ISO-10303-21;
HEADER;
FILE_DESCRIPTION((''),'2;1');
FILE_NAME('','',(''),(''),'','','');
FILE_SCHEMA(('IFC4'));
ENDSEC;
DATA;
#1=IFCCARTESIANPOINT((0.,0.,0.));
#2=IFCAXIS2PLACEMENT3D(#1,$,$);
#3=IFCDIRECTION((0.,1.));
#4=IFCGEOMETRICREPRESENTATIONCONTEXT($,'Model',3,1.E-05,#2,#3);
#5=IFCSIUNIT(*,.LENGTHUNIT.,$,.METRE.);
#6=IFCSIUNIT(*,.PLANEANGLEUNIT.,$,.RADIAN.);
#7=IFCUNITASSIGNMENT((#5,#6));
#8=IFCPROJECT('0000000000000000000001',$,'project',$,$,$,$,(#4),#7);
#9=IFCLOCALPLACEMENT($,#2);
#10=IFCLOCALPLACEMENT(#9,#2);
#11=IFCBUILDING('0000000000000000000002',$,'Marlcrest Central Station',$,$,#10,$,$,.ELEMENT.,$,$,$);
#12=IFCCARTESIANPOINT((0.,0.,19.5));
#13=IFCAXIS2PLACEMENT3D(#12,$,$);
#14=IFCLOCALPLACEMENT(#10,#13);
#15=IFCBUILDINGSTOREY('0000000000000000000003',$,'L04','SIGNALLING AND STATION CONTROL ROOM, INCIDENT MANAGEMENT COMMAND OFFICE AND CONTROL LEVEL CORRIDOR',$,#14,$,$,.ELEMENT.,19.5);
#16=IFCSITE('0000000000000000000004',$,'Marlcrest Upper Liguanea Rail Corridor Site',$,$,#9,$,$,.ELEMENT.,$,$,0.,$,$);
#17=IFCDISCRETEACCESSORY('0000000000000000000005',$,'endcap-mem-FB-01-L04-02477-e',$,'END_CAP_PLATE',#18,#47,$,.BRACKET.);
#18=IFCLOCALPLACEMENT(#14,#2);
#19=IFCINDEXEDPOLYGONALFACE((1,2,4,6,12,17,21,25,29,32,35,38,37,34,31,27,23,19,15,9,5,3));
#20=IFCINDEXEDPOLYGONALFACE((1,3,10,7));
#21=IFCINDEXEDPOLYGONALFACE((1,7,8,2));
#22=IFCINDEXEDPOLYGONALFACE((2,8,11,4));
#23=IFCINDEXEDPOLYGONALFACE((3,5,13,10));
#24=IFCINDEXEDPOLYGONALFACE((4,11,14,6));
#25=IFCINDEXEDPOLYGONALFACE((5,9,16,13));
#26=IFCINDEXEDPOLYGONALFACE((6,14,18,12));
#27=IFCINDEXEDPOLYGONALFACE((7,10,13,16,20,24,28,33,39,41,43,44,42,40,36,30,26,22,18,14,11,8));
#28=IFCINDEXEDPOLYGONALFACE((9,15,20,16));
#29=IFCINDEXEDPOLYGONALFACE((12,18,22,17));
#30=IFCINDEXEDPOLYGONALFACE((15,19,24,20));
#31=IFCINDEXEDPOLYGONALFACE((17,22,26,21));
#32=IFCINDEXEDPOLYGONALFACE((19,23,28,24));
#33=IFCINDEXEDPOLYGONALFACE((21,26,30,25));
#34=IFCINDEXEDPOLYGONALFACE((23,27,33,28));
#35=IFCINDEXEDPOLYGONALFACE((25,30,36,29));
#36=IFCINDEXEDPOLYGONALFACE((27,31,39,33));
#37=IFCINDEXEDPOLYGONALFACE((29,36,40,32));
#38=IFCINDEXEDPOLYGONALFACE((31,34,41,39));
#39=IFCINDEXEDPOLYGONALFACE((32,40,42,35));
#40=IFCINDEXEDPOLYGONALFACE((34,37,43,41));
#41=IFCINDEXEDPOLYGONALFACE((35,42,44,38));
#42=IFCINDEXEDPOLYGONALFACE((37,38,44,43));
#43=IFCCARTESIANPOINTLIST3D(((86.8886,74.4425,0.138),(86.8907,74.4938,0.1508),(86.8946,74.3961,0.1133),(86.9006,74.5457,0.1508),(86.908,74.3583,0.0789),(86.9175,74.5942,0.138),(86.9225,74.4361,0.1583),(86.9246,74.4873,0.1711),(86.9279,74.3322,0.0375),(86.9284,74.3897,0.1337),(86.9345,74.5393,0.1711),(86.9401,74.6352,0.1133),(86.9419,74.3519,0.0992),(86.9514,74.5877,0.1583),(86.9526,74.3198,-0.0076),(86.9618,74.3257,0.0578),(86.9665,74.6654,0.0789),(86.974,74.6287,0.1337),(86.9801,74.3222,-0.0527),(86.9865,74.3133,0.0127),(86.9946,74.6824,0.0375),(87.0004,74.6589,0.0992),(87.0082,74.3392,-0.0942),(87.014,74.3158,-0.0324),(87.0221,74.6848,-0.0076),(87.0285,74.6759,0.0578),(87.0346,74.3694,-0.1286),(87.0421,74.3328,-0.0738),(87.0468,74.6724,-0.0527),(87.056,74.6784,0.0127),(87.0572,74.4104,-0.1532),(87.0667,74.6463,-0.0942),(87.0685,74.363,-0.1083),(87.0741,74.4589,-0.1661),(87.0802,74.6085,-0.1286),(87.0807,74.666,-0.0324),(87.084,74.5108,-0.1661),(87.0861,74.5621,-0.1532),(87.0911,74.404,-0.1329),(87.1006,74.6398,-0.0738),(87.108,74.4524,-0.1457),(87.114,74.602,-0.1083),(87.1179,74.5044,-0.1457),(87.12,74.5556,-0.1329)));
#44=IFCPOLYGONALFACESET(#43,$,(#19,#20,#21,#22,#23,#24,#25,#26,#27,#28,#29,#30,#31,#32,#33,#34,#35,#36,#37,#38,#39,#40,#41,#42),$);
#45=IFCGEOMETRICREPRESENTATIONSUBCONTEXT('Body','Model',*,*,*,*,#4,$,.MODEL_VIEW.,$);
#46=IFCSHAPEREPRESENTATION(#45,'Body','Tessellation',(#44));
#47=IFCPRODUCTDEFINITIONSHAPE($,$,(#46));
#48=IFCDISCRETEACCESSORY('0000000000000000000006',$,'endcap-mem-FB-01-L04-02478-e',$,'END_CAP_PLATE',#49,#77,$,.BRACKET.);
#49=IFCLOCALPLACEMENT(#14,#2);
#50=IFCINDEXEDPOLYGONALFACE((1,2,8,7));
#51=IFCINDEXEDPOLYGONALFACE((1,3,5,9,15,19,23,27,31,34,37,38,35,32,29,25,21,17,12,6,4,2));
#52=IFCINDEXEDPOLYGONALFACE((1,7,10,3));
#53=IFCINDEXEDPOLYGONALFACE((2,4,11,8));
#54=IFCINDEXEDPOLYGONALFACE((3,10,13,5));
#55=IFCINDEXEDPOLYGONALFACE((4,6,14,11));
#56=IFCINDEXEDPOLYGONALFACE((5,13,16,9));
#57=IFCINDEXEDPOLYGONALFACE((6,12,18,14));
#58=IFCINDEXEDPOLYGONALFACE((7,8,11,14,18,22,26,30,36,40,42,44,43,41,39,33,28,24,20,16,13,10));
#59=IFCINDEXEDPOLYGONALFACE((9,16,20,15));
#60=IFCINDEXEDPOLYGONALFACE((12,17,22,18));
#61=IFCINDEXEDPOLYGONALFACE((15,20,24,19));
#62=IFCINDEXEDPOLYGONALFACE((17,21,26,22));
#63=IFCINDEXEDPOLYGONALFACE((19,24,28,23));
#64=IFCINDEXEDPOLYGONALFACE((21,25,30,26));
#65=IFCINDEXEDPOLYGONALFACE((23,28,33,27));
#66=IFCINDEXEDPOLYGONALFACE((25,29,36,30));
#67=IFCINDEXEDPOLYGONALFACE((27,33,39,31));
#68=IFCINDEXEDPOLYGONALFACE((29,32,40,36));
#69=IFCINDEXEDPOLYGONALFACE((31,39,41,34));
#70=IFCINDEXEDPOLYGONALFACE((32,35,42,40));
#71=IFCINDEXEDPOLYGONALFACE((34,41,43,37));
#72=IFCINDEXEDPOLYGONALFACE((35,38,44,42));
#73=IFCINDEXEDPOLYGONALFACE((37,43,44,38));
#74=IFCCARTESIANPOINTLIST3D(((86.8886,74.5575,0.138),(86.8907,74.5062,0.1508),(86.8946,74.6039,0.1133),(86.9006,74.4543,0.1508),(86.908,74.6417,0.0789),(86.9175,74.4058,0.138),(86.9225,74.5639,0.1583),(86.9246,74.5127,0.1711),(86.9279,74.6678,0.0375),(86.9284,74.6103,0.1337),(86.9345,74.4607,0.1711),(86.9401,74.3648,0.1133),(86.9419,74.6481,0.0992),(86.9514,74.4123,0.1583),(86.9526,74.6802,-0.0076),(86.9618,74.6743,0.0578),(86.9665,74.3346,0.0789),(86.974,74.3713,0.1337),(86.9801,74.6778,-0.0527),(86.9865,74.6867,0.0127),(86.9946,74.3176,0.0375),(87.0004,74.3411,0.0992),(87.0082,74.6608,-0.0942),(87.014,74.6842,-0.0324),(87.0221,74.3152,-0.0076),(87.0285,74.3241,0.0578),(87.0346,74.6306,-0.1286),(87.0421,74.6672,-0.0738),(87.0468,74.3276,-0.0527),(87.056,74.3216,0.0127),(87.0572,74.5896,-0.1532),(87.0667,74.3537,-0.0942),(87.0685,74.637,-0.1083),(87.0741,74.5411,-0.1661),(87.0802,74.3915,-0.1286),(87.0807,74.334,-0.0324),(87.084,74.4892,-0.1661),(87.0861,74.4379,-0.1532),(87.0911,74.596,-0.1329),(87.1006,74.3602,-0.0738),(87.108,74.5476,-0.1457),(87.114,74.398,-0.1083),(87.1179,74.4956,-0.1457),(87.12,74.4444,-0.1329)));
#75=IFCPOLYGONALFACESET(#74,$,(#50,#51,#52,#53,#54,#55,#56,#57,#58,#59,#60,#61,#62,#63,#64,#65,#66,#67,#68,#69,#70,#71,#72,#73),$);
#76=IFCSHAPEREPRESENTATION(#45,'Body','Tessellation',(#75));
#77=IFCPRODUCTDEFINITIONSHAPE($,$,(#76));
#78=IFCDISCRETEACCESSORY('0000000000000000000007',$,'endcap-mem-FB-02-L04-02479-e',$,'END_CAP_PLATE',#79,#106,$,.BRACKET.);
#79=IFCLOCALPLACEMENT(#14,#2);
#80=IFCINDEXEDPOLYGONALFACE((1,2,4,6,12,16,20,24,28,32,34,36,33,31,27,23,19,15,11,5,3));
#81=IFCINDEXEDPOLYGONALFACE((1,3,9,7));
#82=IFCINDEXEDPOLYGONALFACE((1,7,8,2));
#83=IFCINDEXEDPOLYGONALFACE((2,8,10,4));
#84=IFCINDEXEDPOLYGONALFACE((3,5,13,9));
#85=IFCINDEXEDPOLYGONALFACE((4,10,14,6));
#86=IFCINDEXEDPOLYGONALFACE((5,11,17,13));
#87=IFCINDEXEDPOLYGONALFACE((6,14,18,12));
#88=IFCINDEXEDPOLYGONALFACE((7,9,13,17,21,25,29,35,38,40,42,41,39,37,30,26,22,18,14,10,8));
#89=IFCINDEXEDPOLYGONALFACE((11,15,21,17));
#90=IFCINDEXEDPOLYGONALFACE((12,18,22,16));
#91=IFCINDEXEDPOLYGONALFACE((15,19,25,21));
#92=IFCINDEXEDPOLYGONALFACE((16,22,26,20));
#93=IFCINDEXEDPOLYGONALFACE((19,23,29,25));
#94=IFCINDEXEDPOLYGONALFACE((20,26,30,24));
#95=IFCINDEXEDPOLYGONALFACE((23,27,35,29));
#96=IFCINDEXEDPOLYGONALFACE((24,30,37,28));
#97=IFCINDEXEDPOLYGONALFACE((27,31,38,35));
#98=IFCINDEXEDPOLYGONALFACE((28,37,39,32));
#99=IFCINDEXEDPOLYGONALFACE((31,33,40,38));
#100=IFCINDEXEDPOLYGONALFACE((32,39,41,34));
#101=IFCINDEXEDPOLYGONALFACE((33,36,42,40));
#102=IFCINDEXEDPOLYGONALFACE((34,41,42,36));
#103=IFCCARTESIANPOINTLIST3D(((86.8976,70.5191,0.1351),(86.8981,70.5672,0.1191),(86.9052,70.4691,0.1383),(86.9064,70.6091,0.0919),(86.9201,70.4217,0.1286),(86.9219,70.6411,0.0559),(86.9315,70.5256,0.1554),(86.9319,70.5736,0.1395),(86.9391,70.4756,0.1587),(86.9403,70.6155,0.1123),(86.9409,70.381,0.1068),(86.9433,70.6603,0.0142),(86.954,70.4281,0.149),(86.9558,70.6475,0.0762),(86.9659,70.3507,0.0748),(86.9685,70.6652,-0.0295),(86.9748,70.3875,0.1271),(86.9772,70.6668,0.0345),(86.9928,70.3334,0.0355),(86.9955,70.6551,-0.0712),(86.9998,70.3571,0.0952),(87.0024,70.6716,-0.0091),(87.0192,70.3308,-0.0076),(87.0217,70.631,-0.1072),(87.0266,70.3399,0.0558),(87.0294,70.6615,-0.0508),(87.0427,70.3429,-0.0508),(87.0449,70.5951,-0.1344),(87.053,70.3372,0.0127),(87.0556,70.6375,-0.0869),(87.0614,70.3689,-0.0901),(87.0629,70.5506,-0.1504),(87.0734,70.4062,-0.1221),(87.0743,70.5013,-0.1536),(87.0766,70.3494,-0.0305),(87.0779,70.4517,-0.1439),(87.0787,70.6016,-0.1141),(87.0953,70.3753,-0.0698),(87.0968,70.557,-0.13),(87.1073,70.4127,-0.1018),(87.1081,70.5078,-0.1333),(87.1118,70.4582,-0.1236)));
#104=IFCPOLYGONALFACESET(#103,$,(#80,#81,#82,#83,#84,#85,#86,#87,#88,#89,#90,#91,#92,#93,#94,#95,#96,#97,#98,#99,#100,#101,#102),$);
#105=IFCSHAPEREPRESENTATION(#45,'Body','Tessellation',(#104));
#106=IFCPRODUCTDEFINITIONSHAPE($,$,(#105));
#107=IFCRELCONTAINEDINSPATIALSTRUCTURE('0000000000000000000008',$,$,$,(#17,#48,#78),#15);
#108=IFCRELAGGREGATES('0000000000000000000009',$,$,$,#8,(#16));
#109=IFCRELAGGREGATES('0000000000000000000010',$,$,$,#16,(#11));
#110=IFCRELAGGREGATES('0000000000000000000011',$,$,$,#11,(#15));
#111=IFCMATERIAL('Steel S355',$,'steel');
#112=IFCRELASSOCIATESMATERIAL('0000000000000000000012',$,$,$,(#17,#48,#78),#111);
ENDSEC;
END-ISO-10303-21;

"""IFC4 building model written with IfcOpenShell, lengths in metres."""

from ifc_helpers import new_model, si_unit, direction, frame, origin, origin_2d, place, context, subcontext, project, spatial, circle, extrude, material, element, save


model = new_model("IFC4")

# Units and contexts
model_context = context("Model", 3, precision=1e-05, world=origin(), true_north=direction((0.0, 1.0)))
body_context = subcontext(model_context, "Body", "Model", "MODEL_VIEW")
ifc_project = project(units=[si_unit("LENGTHUNIT", "METRE"), si_unit("PLANEANGLEUNIT", "RADIAN")], contexts=[model_context])

# Site, building, storey
site_placement = place(None, origin())
site = spatial("IfcSite", under=ifc_project, at=site_placement, Name="Marlcrest Upper Liguanea Rail Corridor Site", CompositionType="ELEMENT", RefElevation=0.0)
building_placement = place(site_placement, origin())
building = spatial("IfcBuilding", under=site, at=building_placement, Name="Marlcrest Central Station", CompositionType="ELEMENT")
storey_placement = place(building_placement, frame((0.0, 0.0, 19.5)))
storey = spatial("IfcBuildingStorey", under=building, at=storey_placement, Name="L04", Description="SIGNALLING AND STATION CONTROL ROOM, INCIDENT MANAGEMENT COMMAND OFFICE AND CONTROL LEVEL CORRIDOR", CompositionType="ELEMENT", Elevation=19.5)

# Shared definitions
ifc_material_1 = material(Name="Steel S355", Category="steel")

# Discrete accessories
for number, where, z_axis, x_axis, name in (
    (1, (87.0212, 74.4958, 0.0127), (-0.846277, 0.161196, -0.50777), (-0.187112, -0.982339, 0.0), "endcap-mem-FB-01-L04-02477-e"),
    (2, (87.0212, 74.5042, 0.0127), (-0.846277, -0.161196, -0.50777), (0.187112, -0.982339, 0.0), "endcap-mem-FB-01-L04-02478-e"),
):
    element("IfcDiscreteAccessory", number, at=place(storey_placement, frame(where, z_axis=z_axis, x_axis=x_axis)), inside=storey, material=ifc_material_1, Name=name, ObjectType="END_CAP_PLATE", PredefinedType="BRACKET", context=body_context, shape_type="SweptSolid", body=[
        extrude(circle(Radius=0.1858, at=origin_2d()), origin(), (0.0, 0.0, 1.0), 0.04),
    ])
discrete_accessory_1_placement = place(storey_placement, frame((87.0212, 70.5042, 0.0127), z_axis=(-0.846277, -0.161196, -0.50777), x_axis=(0.187112, -0.982339, 0.0)))
element("IfcDiscreteAccessory", 3, at=discrete_accessory_1_placement, inside=storey, material=ifc_material_1, Name="endcap-mem-FB-02-L04-02479-e", ObjectType="END_CAP_PLATE", PredefinedType="BRACKET", context=body_context, shape_type="SweptSolid", body=[
    extrude(circle(Radius=0.1699, at=origin_2d()), origin(), (0.0, 0.0, 1.0), 0.04),
])

save(model, "model.ifc")
